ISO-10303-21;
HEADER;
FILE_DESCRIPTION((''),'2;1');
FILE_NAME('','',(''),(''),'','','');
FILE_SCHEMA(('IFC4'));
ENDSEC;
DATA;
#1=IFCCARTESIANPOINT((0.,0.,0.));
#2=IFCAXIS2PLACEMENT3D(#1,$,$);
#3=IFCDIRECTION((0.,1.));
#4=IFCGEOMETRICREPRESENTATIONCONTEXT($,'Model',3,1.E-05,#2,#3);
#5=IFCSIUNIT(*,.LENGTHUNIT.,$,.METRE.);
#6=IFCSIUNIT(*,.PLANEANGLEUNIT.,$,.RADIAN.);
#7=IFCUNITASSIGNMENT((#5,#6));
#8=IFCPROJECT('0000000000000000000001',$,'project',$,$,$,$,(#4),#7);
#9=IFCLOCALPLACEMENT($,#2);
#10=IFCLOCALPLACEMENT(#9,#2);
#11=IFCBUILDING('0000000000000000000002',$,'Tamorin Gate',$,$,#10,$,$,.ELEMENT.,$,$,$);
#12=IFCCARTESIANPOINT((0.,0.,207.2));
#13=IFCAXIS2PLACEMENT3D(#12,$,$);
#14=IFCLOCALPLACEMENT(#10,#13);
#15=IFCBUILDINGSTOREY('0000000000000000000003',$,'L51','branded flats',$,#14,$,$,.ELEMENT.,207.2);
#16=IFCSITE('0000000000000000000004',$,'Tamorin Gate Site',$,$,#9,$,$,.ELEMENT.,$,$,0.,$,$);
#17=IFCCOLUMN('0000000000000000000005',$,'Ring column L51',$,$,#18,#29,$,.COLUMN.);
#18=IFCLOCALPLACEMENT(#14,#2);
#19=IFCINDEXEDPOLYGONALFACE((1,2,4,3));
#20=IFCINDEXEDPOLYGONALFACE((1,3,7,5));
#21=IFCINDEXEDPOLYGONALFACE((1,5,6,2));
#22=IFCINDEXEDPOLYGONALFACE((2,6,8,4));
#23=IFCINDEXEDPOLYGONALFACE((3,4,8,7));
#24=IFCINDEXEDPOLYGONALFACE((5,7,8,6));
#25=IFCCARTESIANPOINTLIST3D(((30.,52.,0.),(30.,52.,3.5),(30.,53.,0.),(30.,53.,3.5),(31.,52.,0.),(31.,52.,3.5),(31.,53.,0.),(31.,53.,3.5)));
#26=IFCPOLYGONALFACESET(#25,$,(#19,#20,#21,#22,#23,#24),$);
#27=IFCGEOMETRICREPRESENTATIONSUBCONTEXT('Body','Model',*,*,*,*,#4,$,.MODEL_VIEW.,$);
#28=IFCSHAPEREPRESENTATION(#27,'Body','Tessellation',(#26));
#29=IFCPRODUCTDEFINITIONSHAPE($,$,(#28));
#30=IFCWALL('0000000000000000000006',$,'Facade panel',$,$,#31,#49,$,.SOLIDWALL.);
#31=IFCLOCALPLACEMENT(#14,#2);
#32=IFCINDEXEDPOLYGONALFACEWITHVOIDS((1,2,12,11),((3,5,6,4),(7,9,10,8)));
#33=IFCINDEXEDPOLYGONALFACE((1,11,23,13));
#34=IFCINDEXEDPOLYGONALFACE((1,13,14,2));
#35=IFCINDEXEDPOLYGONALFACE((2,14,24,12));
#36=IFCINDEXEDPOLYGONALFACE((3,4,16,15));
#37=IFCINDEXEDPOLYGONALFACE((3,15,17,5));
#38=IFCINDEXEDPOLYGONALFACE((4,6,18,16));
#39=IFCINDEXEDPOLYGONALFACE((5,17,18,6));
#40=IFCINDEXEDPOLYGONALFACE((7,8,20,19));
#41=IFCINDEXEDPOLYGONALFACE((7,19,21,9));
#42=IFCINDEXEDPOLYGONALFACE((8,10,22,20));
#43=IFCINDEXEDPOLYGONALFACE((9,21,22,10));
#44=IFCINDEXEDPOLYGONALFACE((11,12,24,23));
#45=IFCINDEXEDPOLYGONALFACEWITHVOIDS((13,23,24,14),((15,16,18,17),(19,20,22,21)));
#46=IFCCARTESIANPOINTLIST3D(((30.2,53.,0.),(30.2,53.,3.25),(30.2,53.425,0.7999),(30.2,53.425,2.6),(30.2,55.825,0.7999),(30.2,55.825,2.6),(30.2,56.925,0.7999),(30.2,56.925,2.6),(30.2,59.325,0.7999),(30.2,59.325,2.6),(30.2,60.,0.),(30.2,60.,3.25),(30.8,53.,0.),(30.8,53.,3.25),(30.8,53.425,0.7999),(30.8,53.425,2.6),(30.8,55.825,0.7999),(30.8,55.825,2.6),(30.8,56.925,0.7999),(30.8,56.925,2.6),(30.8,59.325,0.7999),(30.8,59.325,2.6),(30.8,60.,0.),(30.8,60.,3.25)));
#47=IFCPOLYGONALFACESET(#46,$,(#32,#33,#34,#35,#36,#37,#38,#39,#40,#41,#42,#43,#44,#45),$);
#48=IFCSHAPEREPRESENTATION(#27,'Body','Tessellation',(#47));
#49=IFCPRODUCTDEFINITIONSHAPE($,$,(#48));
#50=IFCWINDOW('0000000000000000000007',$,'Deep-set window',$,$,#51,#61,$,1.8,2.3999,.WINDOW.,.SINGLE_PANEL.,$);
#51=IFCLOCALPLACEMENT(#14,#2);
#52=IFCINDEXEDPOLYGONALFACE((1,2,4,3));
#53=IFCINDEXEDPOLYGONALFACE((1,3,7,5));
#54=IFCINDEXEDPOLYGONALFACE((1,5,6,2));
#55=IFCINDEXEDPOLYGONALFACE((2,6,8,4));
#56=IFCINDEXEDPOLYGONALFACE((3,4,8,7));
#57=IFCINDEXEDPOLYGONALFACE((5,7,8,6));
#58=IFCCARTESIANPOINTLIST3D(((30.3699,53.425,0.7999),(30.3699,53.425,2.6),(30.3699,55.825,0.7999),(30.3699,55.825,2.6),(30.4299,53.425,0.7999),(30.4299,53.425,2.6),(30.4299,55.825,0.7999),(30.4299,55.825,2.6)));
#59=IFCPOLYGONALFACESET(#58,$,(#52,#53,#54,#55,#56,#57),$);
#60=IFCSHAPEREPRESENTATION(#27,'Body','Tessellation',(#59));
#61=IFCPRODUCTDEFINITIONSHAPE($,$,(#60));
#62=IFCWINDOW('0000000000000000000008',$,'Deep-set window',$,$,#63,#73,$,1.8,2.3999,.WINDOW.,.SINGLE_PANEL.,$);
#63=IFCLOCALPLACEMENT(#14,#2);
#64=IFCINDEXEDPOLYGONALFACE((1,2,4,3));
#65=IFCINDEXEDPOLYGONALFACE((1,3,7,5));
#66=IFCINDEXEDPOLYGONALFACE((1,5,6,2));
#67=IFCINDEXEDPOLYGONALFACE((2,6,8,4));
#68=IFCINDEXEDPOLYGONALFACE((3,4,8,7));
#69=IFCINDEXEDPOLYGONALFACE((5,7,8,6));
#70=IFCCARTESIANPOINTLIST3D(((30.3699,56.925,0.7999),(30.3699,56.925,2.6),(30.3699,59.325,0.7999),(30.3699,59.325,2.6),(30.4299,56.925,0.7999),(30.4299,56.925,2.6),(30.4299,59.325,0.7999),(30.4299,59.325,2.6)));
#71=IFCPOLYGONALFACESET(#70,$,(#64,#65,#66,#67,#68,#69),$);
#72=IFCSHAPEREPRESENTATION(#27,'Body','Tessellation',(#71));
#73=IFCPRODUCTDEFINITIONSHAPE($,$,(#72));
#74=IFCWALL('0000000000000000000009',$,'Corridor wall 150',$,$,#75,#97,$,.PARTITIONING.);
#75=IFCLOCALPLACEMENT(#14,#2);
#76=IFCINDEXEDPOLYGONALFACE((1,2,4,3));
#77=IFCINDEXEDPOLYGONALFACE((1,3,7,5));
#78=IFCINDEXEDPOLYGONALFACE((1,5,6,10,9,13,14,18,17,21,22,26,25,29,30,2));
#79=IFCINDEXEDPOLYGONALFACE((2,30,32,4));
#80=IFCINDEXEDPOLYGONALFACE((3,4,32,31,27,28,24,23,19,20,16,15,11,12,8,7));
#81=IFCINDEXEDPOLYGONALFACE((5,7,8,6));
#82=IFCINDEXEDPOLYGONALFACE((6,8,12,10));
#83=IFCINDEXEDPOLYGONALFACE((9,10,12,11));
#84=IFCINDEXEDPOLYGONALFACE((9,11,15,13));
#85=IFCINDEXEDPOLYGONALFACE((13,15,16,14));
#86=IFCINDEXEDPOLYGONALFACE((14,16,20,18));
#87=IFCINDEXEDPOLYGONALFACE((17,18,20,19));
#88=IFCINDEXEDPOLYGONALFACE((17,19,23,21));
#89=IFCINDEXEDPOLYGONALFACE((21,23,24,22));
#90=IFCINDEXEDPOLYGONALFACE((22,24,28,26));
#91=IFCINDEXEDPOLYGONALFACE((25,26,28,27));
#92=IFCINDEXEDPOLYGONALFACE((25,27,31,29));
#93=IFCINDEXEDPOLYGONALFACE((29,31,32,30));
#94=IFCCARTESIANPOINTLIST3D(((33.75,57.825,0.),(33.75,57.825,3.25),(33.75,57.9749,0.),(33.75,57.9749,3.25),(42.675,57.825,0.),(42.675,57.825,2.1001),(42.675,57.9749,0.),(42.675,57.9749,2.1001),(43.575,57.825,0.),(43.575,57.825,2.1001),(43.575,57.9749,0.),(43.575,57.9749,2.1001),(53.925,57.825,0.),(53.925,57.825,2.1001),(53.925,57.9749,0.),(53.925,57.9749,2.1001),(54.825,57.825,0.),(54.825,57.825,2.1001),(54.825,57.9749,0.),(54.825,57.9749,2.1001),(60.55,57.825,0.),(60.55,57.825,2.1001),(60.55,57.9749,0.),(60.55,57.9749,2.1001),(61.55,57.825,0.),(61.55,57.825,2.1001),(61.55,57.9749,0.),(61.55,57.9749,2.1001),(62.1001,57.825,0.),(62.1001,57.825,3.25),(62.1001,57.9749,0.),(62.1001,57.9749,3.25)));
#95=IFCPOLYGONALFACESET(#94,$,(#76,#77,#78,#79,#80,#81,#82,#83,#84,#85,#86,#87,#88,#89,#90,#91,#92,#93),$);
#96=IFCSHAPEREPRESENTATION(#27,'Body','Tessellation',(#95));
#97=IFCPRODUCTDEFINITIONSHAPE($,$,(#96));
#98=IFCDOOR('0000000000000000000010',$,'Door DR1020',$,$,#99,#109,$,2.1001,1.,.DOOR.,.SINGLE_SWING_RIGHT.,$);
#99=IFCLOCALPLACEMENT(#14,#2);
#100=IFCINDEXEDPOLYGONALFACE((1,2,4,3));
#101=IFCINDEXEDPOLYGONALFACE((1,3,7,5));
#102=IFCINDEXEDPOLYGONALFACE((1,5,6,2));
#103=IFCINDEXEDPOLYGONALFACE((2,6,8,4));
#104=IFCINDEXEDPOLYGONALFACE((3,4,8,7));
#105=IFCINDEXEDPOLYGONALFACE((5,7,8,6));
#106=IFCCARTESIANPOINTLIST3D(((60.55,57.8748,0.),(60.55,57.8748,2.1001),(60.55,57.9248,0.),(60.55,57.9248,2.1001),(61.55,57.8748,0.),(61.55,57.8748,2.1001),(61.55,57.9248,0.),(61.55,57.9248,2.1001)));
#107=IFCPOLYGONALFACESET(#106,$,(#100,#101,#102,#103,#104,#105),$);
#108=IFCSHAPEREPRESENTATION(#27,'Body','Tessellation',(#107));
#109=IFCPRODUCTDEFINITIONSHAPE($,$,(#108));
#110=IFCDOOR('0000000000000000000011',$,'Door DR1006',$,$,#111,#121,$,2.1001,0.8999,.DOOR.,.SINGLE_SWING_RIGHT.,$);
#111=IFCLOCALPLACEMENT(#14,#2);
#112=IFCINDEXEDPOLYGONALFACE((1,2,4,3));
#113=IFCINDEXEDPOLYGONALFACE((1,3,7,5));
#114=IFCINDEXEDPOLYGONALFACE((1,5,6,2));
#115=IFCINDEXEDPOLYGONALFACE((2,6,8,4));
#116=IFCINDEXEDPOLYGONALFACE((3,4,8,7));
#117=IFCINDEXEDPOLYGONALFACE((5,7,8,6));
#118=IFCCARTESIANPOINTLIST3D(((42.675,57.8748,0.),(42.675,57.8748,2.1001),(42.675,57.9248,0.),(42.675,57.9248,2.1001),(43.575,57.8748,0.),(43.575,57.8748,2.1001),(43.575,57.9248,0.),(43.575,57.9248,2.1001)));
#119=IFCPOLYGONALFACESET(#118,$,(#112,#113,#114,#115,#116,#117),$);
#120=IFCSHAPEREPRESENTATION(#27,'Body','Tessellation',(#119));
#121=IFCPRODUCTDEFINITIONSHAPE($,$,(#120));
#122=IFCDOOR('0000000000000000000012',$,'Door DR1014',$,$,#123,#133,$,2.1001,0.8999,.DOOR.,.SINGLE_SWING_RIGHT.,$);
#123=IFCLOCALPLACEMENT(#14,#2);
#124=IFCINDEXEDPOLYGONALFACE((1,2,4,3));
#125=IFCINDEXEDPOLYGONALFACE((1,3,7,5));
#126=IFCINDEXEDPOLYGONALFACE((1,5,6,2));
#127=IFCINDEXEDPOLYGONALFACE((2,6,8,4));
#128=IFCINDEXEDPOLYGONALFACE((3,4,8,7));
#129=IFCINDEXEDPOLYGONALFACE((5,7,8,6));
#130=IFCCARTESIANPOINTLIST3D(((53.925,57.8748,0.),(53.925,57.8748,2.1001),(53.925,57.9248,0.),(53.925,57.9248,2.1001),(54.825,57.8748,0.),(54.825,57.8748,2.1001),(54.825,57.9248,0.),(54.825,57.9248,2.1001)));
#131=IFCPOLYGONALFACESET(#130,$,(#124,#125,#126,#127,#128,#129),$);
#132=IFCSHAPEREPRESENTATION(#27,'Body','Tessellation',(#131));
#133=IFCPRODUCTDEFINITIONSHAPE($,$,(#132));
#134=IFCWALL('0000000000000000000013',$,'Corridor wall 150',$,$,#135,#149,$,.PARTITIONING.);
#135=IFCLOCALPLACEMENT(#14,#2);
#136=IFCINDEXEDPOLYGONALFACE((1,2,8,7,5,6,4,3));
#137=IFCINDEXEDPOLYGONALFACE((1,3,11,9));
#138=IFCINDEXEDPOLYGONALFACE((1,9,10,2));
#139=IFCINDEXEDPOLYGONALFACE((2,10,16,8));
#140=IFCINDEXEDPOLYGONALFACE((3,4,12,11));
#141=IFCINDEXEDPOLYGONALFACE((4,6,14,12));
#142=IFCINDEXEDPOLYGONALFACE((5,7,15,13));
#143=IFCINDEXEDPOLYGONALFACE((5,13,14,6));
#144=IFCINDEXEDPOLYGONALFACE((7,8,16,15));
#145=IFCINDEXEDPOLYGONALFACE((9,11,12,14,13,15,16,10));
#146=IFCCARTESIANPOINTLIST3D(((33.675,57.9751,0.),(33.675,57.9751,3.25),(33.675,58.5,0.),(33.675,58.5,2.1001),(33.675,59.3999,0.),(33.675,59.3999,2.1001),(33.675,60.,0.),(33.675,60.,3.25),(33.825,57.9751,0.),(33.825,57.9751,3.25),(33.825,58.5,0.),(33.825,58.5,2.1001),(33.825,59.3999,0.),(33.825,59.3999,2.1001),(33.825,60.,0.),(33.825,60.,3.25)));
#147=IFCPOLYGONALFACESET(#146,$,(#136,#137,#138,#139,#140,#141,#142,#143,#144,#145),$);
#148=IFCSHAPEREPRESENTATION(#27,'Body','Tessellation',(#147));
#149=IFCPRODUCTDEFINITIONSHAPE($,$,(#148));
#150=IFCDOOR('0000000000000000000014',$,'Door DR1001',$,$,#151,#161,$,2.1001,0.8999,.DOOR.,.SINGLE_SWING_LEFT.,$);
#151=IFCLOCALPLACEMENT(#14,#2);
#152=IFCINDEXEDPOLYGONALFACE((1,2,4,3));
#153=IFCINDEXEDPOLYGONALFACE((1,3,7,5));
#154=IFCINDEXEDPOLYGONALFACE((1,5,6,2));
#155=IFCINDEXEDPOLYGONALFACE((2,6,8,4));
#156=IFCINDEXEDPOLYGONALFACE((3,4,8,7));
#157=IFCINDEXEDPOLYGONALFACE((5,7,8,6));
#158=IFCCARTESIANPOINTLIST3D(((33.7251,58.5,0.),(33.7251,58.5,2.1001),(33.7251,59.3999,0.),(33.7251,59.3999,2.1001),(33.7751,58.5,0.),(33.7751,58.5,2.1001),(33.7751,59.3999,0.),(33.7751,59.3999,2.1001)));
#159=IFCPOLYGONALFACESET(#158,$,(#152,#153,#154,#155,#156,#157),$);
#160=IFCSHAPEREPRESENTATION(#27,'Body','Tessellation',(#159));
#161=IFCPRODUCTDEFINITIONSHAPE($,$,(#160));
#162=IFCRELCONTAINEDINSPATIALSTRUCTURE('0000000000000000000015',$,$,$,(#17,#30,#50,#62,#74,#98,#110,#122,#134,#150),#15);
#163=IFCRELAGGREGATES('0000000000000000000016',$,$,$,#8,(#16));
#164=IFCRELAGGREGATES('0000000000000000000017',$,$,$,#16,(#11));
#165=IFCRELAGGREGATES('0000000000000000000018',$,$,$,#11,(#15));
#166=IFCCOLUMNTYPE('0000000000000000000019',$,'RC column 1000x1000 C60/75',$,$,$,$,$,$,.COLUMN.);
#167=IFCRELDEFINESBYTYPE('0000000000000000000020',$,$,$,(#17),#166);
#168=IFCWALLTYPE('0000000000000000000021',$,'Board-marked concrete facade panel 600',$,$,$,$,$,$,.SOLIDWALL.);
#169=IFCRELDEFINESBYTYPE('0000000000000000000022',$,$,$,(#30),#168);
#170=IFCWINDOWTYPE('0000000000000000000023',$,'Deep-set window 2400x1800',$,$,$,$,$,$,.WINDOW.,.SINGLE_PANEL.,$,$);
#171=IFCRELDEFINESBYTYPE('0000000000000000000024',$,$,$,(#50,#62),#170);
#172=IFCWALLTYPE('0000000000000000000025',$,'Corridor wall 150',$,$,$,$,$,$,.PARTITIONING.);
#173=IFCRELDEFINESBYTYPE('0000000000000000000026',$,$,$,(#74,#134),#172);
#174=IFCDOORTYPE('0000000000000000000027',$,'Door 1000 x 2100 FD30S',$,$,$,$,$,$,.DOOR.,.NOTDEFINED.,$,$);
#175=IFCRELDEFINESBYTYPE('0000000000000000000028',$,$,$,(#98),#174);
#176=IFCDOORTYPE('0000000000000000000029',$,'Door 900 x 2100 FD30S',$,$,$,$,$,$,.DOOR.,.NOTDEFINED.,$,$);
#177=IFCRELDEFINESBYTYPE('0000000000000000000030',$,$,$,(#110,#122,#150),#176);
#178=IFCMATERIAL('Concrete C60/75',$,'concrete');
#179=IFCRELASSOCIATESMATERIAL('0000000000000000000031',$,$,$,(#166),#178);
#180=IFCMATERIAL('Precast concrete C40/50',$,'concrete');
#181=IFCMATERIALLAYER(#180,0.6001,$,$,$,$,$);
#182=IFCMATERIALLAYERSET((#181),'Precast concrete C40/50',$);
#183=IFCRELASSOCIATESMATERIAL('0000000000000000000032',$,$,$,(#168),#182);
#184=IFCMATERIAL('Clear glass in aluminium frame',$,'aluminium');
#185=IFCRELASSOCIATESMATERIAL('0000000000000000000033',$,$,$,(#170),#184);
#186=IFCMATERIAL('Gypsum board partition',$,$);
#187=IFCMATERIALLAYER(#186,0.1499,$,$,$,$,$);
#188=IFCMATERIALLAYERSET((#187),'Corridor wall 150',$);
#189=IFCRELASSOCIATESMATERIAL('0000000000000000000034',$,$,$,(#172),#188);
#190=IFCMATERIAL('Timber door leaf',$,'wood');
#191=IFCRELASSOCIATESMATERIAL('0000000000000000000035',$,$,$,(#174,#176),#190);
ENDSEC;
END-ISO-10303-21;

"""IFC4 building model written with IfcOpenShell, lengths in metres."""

from ifc_helpers import new_model, si_unit, direction, frame, frame_2d, origin, origin_2d, place, context, subcontext, project, spatial, rectangle, extrude, material, layer, layer_set, material_profile, profile_set, type_object, element, fill, save


model = new_model("IFC4")

# Units and contexts
model_context = context("Model", 3, precision=1e-05, world=origin(), true_north=direction((0.0, 1.0)))
body_context = subcontext(model_context, "Body", "Model", "MODEL_VIEW")
ifc_project = project(units=[si_unit("LENGTHUNIT", "METRE"), si_unit("PLANEANGLEUNIT", "RADIAN")], contexts=[model_context])

# Site, building, storey
site_placement = place(None, origin())
site = spatial("IfcSite", under=ifc_project, at=site_placement, Name="Tamorin Gate Site", CompositionType="ELEMENT", RefElevation=0.0)
building_placement = place(site_placement, origin())
building = spatial("IfcBuilding", under=site, at=building_placement, Name="Tamorin Gate", CompositionType="ELEMENT")
storey_placement = place(building_placement, frame((0.0, 0.0, 207.2)))
storey = spatial("IfcBuildingStorey", under=building, at=storey_placement, Name="L51", Description="branded flats", CompositionType="ELEMENT", Elevation=207.2)

# Column
ifc_material_1 = material(Name="Concrete C60/75", Category="concrete")
ifc_material_profile = material_profile(ifc_material_1, rectangle(XDim=1.0, YDim=1.0, at=origin_2d()), Name="RC 1000x1000")
ifc_profile_set = profile_set([ifc_material_profile], Name="Concrete C60/75")
column_type = type_object("IfcColumnType", Name="RC column 1000x1000 C60/75", PredefinedType="COLUMN", material=ifc_profile_set)
column_placement = place(storey_placement, frame((30.5, 52.5, 0.0), z_axis=(0.0, 0.0, 1.0), x_axis=(1.0, 0.0, 0.0)))
element("IfcColumn", 1, at=column_placement, inside=storey, type_object=column_type, Name="Ring column L51", PredefinedType="COLUMN", context=body_context, shape_type="SweptSolid", body=[
    extrude(rectangle(XDim=1.0, YDim=1.0, at=origin_2d()), origin(), (0.0, 0.0, 1.0), 3.5),
])

# Wall, openings, windows
ifc_material_2 = material(Name="Precast concrete C40/50", Category="concrete")
ifc_layer_1 = layer(ifc_material_2, 0.6001)
ifc_layer_set_1 = layer_set([ifc_layer_1], Name="Precast concrete C40/50")
wall_type_1 = type_object("IfcWallType", Name="Board-marked concrete facade panel 600", PredefinedType="SOLIDWALL", material=ifc_layer_set_1)
wall_1_placement = place(storey_placement, frame((30.5, 60.0, 0.0), z_axis=(0.0, 0.0, 1.0), x_axis=(0.0, -1.0, 0.0)))
wall_1 = element("IfcWall", 2, at=wall_1_placement, inside=storey, type_object=wall_type_1, Name="Facade panel", PredefinedType="SOLIDWALL", context=body_context, shape_type="SweptSolid", body=[
    extrude(rectangle(XDim=7.0, YDim=0.6001, at=frame_2d((3.5, 0.0))), origin(), (0.0, 0.0, 1.0), 3.25),
])
opening_1_placement = place(wall_1_placement, frame((4.175, 0.0, 0.8)))
opening_1 = element("IfcOpeningElement", 3, at=opening_1_placement, cuts=wall_1, PredefinedType="OPENING", context=body_context, shape_type="SweptSolid", body=[
    extrude(rectangle(XDim=2.3999, YDim=1.8, at=frame_2d((1.2, 0.8999))), frame((0.0, 0.3101, 0.0), z_axis=(0.0, -1.0, 0.0), x_axis=(1.0, 0.0, 0.0)), (0.0, 0.0, 1.0), 0.6201),
])
opening_2_placement = place(wall_1_placement, frame((0.675, 0.0, 0.8)))
opening_2 = element("IfcOpeningElement", 4, at=opening_2_placement, cuts=wall_1, PredefinedType="OPENING", context=body_context, shape_type="SweptSolid", body=[
    extrude(rectangle(XDim=2.3999, YDim=1.8, at=frame_2d((1.2, 0.8999))), frame((0.0, 0.3101, 0.0), z_axis=(0.0, -1.0, 0.0), x_axis=(1.0, 0.0, 0.0)), (0.0, 0.0, 1.0), 0.6201),
])
ifc_material_3 = material(Name="Clear glass in aluminium frame", Category="aluminium")
window_type = type_object("IfcWindowType", Name="Deep-set window 2400x1800", PartitioningType="SINGLE_PANEL", PredefinedType="WINDOW", material=ifc_material_3)
window_1_placement = place(opening_1_placement, origin())
window_1 = element("IfcWindow", 5, at=window_1_placement, inside=storey, type_object=window_type, Name="Deep-set window", OverallHeight=1.8, OverallWidth=2.3999, PartitioningType="SINGLE_PANEL", PredefinedType="WINDOW", context=body_context, shape_type="SweptSolid", body=[
    extrude(rectangle(XDim=2.3999, YDim=1.8, at=frame_2d((1.2, 0.8999))), frame((0.0, -0.0701, 0.0), z_axis=(0.0, -1.0, 0.0), x_axis=(1.0, 0.0, 0.0)), (0.0, 0.0, 1.0), 0.0601),
])
fill(opening_1, window_1)
window_2_placement = place(opening_2_placement, origin())
window_2 = element("IfcWindow", 6, at=window_2_placement, inside=storey, type_object=window_type, Name="Deep-set window", OverallHeight=1.8, OverallWidth=2.3999, PartitioningType="SINGLE_PANEL", PredefinedType="WINDOW", context=body_context, shape_type="SweptSolid", body=[
    extrude(rectangle(XDim=2.3999, YDim=1.8, at=frame_2d((1.2, 0.8999))), frame((0.0, -0.0701, 0.0), z_axis=(0.0, -1.0, 0.0), x_axis=(1.0, 0.0, 0.0)), (0.0, 0.0, 1.0), 0.0601),
])
fill(opening_2, window_2)

# Wall, openings, doors
ifc_material_4 = material(Name="Gypsum board partition")
ifc_layer_2 = layer(ifc_material_4, 0.1499)
ifc_layer_set_2 = layer_set([ifc_layer_2], Name="Corridor wall 150")
wall_type_2 = type_object("IfcWallType", Name="Corridor wall 150", PredefinedType="PARTITIONING", material=ifc_layer_set_2)
wall_2_placement = place(storey_placement, frame((33.75, 57.8999, 0.0), z_axis=(0.0, 0.0, 1.0), x_axis=(1.0, 0.0, 0.0)))
wall_2 = element("IfcWall", 7, at=wall_2_placement, inside=storey, type_object=wall_type_2, Name="Corridor wall 150", PredefinedType="PARTITIONING", context=body_context, shape_type="SweptSolid", body=[
    extrude(rectangle(XDim=28.3501, YDim=0.1499, at=frame_2d((14.175, 0.0))), origin(), (0.0, 0.0, 1.0), 3.25),
])
opening_3_placement = place(wall_2_placement, frame((8.925, 0.0, 0.0)))
opening_3 = element("IfcOpeningElement", 8, at=opening_3_placement, cuts=wall_2, PredefinedType="OPENING", context=body_context, shape_type="SweptSolid", body=[
    extrude(rectangle(XDim=0.8999, YDim=2.1001, at=frame_2d((0.45, 1.05))), frame((0.0, 0.085, 0.0), z_axis=(0.0, -1.0, 0.0), x_axis=(1.0, 0.0, 0.0)), (0.0, 0.0, 1.0), 0.1699),
])
opening_4_placement = place(wall_2_placement, frame((20.175, 0.0, 0.0)))
opening_4 = element("IfcOpeningElement", 9, at=opening_4_placement, cuts=wall_2, PredefinedType="OPENING", context=body_context, shape_type="SweptSolid", body=[
    extrude(rectangle(XDim=0.8999, YDim=2.1001, at=frame_2d((0.45, 1.05))), frame((0.0, 0.085, 0.0), z_axis=(0.0, -1.0, 0.0), x_axis=(1.0, 0.0, 0.0)), (0.0, 0.0, 1.0), 0.1699),
])
opening_5_placement = place(wall_2_placement, frame((26.8, 0.0, 0.0)))
opening_5 = element("IfcOpeningElement", 10, at=opening_5_placement, cuts=wall_2, PredefinedType="OPENING", context=body_context, shape_type="SweptSolid", body=[
    extrude(rectangle(XDim=1.0, YDim=2.1001, at=frame_2d((0.5, 1.05))), frame((0.0, 0.085, 0.0), z_axis=(0.0, -1.0, 0.0), x_axis=(1.0, 0.0, 0.0)), (0.0, 0.0, 1.0), 0.1699),
])
ifc_material_5 = material(Name="Timber door leaf", Category="wood")
door_type_1 = type_object("IfcDoorType", Name="Door 1000 x 2100 FD30S", OperationType="NOTDEFINED", PredefinedType="DOOR", material=ifc_material_5)
door_1_placement = place(opening_5_placement, origin())
door_1 = element("IfcDoor", 11, at=door_1_placement, inside=storey, type_object=door_type_1, Name="Door DR1020", OperationType="SINGLE_SWING_RIGHT", OverallHeight=2.1001, OverallWidth=1.0, PredefinedType="DOOR", context=body_context, shape_type="SweptSolid", body=[
    extrude(rectangle(XDim=1.0, YDim=2.1001, at=frame_2d((0.5, 1.05))), frame((0.0, 0.0249, 0.0), z_axis=(0.0, -1.0, 0.0), x_axis=(1.0, 0.0, 0.0)), (0.0, 0.0, 1.0), 0.05),
])
fill(opening_5, door_1)
door_type_2 = type_object("IfcDoorType", Name="Door 900 x 2100 FD30S", OperationType="NOTDEFINED", PredefinedType="DOOR", material=ifc_material_5)
door_2_placement = place(opening_3_placement, origin())
door_2 = element("IfcDoor", 12, at=door_2_placement, inside=storey, type_object=door_type_2, Name="Door DR1006", OperationType="SINGLE_SWING_RIGHT", OverallHeight=2.1001, OverallWidth=0.8999, PredefinedType="DOOR", context=body_context, shape_type="SweptSolid", body=[
    extrude(rectangle(XDim=0.8999, YDim=2.1001, at=frame_2d((0.45, 1.05))), frame((0.0, 0.0249, 0.0), z_axis=(0.0, -1.0, 0.0), x_axis=(1.0, 0.0, 0.0)), (0.0, 0.0, 1.0), 0.05),
])
fill(opening_3, door_2)
door_3_placement = place(opening_4_placement, origin())
door_3 = element("IfcDoor", 13, at=door_3_placement, inside=storey, type_object=door_type_2, Name="Door DR1014", OperationType="SINGLE_SWING_RIGHT", OverallHeight=2.1001, OverallWidth=0.8999, PredefinedType="DOOR", context=body_context, shape_type="SweptSolid", body=[
    extrude(rectangle(XDim=0.8999, YDim=2.1001, at=frame_2d((0.45, 1.05))), frame((0.0, 0.0249, 0.0), z_axis=(0.0, -1.0, 0.0), x_axis=(1.0, 0.0, 0.0)), (0.0, 0.0, 1.0), 0.05),
])
fill(opening_4, door_3)

# Wall, opening, door
wall_3_placement = place(storey_placement, frame((33.75, 57.9751, 0.0), z_axis=(0.0, 0.0, 1.0), x_axis=(0.0, 1.0, 0.0)))
wall_3 = element("IfcWall", 14, at=wall_3_placement, inside=storey, type_object=wall_type_2, Name="Corridor wall 150", PredefinedType="PARTITIONING", context=body_context, shape_type="SweptSolid", body=[
    extrude(rectangle(XDim=2.0249, YDim=0.1499, at=frame_2d((1.0125, 0.0))), origin(), (0.0, 0.0, 1.0), 3.25),
])
opening_6_placement = place(wall_3_placement, frame((0.5249, 0.0, 0.0)))
opening_6 = element("IfcOpeningElement", 15, at=opening_6_placement, cuts=wall_3, PredefinedType="OPENING", context=body_context, shape_type="SweptSolid", body=[
    extrude(rectangle(XDim=0.8999, YDim=2.1001, at=frame_2d((0.45, 1.05))), frame((0.0, 0.085, 0.0), z_axis=(0.0, -1.0, 0.0), x_axis=(1.0, 0.0, 0.0)), (0.0, 0.0, 1.0), 0.1699),
])
door_4_placement = place(opening_6_placement, origin())
door_4 = element("IfcDoor", 16, at=door_4_placement, inside=storey, type_object=door_type_2, Name="Door DR1001", OperationType="SINGLE_SWING_LEFT", OverallHeight=2.1001, OverallWidth=0.8999, PredefinedType="DOOR", context=body_context, shape_type="SweptSolid", body=[
    extrude(rectangle(XDim=0.8999, YDim=2.1001, at=frame_2d((0.45, 1.05))), frame((0.0, 0.0249, 0.0), z_axis=(0.0, -1.0, 0.0), x_axis=(1.0, 0.0, 0.0)), (0.0, 0.0, 1.0), 0.05),
])
fill(opening_6, door_4)

save(model, "model.ifc")
